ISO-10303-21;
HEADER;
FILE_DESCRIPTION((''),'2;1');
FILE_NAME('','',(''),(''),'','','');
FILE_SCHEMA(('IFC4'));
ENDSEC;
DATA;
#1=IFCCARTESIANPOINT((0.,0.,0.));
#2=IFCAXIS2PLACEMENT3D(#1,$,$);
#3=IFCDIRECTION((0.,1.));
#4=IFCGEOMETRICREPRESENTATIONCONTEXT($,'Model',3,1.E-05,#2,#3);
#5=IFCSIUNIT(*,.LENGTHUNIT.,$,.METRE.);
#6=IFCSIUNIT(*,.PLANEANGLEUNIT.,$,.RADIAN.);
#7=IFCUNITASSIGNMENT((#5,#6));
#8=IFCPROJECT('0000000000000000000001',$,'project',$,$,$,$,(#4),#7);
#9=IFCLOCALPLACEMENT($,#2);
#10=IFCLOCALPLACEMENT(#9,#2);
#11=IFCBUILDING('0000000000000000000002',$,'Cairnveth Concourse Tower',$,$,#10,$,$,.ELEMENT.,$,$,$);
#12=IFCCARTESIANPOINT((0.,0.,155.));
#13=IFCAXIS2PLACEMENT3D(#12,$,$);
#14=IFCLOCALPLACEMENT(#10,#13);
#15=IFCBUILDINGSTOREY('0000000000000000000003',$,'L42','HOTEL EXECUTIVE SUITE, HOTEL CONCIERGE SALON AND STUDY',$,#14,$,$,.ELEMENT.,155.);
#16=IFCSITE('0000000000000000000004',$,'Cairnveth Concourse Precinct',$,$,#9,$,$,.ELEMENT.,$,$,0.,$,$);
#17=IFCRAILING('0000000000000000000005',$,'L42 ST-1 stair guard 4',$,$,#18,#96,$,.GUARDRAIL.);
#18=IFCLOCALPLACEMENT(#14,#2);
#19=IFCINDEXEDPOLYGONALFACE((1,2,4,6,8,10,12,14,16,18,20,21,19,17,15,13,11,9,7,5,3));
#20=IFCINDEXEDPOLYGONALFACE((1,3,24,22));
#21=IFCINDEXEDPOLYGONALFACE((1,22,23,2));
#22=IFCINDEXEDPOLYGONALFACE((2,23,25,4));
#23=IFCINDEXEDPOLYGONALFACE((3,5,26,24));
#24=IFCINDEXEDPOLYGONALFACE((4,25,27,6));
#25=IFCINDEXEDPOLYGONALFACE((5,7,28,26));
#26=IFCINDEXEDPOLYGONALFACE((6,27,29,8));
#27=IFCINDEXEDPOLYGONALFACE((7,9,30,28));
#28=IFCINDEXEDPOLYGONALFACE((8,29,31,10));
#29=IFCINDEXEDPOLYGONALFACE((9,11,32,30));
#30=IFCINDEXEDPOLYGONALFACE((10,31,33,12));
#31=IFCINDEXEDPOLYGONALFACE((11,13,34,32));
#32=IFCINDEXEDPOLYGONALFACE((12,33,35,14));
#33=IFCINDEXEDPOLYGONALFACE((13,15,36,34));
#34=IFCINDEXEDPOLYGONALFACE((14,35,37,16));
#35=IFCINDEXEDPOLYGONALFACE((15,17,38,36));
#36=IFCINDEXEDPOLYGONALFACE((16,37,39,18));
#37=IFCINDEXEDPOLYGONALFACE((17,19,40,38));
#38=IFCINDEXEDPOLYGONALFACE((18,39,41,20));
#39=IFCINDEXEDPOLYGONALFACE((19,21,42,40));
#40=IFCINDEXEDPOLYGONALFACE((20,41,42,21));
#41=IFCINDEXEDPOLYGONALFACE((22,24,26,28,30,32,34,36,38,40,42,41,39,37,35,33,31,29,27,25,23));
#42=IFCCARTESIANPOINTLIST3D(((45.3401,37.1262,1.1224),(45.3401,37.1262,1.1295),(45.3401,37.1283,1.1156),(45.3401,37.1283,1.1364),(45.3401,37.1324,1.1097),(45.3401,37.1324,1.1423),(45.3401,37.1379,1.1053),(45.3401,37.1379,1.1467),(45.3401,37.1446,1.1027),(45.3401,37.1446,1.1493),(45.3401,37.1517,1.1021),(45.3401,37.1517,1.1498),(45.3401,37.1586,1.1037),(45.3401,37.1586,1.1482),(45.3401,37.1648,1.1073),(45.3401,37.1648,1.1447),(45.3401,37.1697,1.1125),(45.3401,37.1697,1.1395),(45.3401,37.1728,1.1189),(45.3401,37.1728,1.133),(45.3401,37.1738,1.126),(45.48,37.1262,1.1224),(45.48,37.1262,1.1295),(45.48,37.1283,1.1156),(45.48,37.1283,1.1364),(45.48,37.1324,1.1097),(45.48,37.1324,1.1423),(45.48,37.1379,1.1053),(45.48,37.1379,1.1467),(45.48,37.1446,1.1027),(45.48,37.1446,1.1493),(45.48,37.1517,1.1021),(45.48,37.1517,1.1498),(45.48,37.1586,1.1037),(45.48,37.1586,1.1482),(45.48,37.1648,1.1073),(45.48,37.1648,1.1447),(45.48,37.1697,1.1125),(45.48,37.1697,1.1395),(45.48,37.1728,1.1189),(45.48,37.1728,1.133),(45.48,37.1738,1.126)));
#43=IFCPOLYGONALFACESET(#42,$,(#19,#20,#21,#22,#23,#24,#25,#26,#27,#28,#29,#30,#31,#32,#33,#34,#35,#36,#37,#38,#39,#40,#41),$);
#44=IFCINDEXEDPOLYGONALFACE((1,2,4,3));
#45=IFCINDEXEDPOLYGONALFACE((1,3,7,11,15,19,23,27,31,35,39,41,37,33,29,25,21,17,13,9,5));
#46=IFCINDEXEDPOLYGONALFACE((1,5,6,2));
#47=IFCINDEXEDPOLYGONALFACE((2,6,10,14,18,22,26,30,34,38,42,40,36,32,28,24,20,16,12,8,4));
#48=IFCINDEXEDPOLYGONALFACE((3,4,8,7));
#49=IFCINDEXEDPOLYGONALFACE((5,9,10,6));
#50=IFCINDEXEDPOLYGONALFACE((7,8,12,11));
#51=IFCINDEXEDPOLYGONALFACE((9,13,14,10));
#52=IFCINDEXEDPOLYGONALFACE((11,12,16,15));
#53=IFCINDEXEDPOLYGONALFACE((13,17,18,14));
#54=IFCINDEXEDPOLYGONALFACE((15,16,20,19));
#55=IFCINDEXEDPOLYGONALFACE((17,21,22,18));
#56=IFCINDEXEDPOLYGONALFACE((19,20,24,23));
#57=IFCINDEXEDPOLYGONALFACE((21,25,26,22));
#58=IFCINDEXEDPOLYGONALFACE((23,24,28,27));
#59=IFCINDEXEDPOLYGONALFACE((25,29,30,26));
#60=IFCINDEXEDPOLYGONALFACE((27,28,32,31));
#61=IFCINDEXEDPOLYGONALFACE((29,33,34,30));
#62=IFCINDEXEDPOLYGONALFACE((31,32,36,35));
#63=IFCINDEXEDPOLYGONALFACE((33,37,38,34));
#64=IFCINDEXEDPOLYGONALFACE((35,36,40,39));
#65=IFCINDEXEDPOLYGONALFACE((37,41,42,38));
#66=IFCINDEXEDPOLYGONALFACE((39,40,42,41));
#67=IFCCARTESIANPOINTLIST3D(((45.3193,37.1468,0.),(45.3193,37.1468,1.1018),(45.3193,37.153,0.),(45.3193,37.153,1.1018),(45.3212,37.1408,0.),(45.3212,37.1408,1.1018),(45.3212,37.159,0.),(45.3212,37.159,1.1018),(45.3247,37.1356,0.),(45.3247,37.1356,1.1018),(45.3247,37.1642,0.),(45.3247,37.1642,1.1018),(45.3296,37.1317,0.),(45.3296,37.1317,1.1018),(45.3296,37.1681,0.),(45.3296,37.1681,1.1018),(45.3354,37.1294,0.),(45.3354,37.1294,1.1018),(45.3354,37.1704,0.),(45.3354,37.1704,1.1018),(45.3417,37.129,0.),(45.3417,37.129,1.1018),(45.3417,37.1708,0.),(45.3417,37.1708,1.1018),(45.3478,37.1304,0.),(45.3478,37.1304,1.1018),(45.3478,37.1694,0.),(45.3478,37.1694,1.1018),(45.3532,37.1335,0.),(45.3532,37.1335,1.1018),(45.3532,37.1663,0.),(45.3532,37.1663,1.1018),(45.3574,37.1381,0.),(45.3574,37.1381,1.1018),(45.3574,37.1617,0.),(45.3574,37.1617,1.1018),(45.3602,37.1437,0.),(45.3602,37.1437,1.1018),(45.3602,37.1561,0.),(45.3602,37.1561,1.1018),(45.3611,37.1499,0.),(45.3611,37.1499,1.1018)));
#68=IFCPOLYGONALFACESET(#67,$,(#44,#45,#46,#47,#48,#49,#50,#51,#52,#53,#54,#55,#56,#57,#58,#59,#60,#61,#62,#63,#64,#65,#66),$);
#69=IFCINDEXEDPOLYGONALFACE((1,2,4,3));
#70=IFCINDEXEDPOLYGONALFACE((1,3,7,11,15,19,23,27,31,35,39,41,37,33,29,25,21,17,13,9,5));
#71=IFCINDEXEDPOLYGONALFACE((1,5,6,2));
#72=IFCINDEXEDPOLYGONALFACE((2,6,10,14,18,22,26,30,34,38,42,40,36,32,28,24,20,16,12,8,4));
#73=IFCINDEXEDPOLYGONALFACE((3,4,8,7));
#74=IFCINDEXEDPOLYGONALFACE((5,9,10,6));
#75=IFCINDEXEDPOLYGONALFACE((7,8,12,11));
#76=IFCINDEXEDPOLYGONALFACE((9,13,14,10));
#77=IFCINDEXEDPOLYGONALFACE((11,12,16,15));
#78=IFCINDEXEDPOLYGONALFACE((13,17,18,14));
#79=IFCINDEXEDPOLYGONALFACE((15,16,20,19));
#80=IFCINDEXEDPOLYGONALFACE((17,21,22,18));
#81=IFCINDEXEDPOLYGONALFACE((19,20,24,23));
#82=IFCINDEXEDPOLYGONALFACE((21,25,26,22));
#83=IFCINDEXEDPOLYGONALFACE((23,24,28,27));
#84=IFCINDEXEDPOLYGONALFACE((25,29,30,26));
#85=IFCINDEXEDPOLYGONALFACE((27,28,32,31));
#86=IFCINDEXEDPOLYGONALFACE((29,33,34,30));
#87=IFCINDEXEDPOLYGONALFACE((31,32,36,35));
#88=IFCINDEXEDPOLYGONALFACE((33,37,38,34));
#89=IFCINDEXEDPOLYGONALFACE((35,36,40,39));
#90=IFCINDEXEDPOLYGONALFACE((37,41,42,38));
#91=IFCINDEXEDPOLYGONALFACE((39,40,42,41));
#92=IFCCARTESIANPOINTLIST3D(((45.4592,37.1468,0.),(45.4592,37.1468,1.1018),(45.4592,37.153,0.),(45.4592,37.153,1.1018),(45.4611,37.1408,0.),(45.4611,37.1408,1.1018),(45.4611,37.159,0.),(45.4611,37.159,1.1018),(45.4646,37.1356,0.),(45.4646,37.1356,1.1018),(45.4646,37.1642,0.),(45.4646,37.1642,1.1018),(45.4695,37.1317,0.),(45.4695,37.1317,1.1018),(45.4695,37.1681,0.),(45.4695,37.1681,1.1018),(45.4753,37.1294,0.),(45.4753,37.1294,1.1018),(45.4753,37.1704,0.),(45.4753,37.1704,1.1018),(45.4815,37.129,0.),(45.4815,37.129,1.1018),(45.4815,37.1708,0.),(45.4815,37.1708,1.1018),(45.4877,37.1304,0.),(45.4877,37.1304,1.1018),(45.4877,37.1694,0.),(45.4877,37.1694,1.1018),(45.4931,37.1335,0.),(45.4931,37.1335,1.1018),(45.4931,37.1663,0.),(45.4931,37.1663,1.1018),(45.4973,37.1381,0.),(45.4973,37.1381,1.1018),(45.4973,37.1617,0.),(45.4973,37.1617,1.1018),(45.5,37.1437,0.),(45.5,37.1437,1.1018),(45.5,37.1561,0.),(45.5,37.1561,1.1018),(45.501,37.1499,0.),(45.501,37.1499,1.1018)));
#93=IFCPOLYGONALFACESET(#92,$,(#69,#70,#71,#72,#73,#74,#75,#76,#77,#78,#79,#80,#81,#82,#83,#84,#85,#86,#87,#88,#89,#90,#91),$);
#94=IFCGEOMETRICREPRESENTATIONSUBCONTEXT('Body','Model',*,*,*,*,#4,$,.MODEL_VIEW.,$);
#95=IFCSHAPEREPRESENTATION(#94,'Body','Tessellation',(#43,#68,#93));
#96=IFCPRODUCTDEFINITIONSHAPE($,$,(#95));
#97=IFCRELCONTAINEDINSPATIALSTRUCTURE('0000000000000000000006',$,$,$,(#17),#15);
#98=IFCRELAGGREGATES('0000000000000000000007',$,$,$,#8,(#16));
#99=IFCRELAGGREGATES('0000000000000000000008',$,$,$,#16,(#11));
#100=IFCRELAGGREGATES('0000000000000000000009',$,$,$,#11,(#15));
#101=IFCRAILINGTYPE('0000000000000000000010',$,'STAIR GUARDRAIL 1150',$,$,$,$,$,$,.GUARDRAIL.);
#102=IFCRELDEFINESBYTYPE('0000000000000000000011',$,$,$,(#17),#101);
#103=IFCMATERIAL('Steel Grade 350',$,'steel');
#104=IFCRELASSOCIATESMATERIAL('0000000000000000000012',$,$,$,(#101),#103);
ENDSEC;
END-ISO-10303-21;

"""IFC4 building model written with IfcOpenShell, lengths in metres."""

from ifc_helpers import new_model, si_unit, direction, frame, origin, origin_2d, place, context, subcontext, project, spatial, circle, extrude, material, type_object, element, save


model = new_model("IFC4")

# Units and contexts
model_context = context("Model", 3, precision=1e-05, world=origin(), true_north=direction((0.0, 1.0)))
body_context = subcontext(model_context, "Body", "Model", "MODEL_VIEW")
ifc_project = project(units=[si_unit("LENGTHUNIT", "METRE"), si_unit("PLANEANGLEUNIT", "RADIAN")], contexts=[model_context])

# Site, building, storey
site_placement = place(None, origin())
site = spatial("IfcSite", under=ifc_project, at=site_placement, Name="Cairnveth Concourse Precinct", CompositionType="ELEMENT", RefElevation=0.0)
building_placement = place(site_placement, origin())
building = spatial("IfcBuilding", under=site, at=building_placement, Name="Cairnveth Concourse Tower", CompositionType="ELEMENT")
storey_placement = place(building_placement, frame((0.0, 0.0, 155.0)))
storey = spatial("IfcBuildingStorey", under=building, at=storey_placement, Name="L42", Description="HOTEL EXECUTIVE SUITE, HOTEL CONCIERGE SALON AND STUDY", CompositionType="ELEMENT", Elevation=155.0)

# Shared definitions
ifc_material_1 = material(Name="Steel Grade 350", Category="steel")

# Railing
railing_type_1 = type_object("IfcRailingType", Name="STAIR GUARDRAIL 1150", PredefinedType="GUARDRAIL", material=ifc_material_1)
railing_1_placement = place(storey_placement, frame((45.3401, 37.1499, 0.0)))
element("IfcRailing", 1, at=railing_1_placement, inside=storey, type_object=railing_type_1, Name="L42 ST-1 stair guard 4", PredefinedType="GUARDRAIL", context=body_context, shape_type="SweptSolid", body=[
    extrude(circle(Radius=0.0239, at=origin_2d()), frame((0.0, 0.0, 1.126), z_axis=(1.0, 0.0, 0.0), x_axis=(0.0, 1.0, 0.0)), (0.0, 0.0, 1.0), 0.1399),
    extrude(circle(Radius=0.021, at=origin_2d()), origin(), (0.0, 0.0, 1.0), 1.1018),
    extrude(circle(Radius=0.021, at=origin_2d()), frame((0.1399, 0.0, 0.0)), (0.0, 0.0, 1.0), 1.1018),
])

save(model, "model.ifc")
